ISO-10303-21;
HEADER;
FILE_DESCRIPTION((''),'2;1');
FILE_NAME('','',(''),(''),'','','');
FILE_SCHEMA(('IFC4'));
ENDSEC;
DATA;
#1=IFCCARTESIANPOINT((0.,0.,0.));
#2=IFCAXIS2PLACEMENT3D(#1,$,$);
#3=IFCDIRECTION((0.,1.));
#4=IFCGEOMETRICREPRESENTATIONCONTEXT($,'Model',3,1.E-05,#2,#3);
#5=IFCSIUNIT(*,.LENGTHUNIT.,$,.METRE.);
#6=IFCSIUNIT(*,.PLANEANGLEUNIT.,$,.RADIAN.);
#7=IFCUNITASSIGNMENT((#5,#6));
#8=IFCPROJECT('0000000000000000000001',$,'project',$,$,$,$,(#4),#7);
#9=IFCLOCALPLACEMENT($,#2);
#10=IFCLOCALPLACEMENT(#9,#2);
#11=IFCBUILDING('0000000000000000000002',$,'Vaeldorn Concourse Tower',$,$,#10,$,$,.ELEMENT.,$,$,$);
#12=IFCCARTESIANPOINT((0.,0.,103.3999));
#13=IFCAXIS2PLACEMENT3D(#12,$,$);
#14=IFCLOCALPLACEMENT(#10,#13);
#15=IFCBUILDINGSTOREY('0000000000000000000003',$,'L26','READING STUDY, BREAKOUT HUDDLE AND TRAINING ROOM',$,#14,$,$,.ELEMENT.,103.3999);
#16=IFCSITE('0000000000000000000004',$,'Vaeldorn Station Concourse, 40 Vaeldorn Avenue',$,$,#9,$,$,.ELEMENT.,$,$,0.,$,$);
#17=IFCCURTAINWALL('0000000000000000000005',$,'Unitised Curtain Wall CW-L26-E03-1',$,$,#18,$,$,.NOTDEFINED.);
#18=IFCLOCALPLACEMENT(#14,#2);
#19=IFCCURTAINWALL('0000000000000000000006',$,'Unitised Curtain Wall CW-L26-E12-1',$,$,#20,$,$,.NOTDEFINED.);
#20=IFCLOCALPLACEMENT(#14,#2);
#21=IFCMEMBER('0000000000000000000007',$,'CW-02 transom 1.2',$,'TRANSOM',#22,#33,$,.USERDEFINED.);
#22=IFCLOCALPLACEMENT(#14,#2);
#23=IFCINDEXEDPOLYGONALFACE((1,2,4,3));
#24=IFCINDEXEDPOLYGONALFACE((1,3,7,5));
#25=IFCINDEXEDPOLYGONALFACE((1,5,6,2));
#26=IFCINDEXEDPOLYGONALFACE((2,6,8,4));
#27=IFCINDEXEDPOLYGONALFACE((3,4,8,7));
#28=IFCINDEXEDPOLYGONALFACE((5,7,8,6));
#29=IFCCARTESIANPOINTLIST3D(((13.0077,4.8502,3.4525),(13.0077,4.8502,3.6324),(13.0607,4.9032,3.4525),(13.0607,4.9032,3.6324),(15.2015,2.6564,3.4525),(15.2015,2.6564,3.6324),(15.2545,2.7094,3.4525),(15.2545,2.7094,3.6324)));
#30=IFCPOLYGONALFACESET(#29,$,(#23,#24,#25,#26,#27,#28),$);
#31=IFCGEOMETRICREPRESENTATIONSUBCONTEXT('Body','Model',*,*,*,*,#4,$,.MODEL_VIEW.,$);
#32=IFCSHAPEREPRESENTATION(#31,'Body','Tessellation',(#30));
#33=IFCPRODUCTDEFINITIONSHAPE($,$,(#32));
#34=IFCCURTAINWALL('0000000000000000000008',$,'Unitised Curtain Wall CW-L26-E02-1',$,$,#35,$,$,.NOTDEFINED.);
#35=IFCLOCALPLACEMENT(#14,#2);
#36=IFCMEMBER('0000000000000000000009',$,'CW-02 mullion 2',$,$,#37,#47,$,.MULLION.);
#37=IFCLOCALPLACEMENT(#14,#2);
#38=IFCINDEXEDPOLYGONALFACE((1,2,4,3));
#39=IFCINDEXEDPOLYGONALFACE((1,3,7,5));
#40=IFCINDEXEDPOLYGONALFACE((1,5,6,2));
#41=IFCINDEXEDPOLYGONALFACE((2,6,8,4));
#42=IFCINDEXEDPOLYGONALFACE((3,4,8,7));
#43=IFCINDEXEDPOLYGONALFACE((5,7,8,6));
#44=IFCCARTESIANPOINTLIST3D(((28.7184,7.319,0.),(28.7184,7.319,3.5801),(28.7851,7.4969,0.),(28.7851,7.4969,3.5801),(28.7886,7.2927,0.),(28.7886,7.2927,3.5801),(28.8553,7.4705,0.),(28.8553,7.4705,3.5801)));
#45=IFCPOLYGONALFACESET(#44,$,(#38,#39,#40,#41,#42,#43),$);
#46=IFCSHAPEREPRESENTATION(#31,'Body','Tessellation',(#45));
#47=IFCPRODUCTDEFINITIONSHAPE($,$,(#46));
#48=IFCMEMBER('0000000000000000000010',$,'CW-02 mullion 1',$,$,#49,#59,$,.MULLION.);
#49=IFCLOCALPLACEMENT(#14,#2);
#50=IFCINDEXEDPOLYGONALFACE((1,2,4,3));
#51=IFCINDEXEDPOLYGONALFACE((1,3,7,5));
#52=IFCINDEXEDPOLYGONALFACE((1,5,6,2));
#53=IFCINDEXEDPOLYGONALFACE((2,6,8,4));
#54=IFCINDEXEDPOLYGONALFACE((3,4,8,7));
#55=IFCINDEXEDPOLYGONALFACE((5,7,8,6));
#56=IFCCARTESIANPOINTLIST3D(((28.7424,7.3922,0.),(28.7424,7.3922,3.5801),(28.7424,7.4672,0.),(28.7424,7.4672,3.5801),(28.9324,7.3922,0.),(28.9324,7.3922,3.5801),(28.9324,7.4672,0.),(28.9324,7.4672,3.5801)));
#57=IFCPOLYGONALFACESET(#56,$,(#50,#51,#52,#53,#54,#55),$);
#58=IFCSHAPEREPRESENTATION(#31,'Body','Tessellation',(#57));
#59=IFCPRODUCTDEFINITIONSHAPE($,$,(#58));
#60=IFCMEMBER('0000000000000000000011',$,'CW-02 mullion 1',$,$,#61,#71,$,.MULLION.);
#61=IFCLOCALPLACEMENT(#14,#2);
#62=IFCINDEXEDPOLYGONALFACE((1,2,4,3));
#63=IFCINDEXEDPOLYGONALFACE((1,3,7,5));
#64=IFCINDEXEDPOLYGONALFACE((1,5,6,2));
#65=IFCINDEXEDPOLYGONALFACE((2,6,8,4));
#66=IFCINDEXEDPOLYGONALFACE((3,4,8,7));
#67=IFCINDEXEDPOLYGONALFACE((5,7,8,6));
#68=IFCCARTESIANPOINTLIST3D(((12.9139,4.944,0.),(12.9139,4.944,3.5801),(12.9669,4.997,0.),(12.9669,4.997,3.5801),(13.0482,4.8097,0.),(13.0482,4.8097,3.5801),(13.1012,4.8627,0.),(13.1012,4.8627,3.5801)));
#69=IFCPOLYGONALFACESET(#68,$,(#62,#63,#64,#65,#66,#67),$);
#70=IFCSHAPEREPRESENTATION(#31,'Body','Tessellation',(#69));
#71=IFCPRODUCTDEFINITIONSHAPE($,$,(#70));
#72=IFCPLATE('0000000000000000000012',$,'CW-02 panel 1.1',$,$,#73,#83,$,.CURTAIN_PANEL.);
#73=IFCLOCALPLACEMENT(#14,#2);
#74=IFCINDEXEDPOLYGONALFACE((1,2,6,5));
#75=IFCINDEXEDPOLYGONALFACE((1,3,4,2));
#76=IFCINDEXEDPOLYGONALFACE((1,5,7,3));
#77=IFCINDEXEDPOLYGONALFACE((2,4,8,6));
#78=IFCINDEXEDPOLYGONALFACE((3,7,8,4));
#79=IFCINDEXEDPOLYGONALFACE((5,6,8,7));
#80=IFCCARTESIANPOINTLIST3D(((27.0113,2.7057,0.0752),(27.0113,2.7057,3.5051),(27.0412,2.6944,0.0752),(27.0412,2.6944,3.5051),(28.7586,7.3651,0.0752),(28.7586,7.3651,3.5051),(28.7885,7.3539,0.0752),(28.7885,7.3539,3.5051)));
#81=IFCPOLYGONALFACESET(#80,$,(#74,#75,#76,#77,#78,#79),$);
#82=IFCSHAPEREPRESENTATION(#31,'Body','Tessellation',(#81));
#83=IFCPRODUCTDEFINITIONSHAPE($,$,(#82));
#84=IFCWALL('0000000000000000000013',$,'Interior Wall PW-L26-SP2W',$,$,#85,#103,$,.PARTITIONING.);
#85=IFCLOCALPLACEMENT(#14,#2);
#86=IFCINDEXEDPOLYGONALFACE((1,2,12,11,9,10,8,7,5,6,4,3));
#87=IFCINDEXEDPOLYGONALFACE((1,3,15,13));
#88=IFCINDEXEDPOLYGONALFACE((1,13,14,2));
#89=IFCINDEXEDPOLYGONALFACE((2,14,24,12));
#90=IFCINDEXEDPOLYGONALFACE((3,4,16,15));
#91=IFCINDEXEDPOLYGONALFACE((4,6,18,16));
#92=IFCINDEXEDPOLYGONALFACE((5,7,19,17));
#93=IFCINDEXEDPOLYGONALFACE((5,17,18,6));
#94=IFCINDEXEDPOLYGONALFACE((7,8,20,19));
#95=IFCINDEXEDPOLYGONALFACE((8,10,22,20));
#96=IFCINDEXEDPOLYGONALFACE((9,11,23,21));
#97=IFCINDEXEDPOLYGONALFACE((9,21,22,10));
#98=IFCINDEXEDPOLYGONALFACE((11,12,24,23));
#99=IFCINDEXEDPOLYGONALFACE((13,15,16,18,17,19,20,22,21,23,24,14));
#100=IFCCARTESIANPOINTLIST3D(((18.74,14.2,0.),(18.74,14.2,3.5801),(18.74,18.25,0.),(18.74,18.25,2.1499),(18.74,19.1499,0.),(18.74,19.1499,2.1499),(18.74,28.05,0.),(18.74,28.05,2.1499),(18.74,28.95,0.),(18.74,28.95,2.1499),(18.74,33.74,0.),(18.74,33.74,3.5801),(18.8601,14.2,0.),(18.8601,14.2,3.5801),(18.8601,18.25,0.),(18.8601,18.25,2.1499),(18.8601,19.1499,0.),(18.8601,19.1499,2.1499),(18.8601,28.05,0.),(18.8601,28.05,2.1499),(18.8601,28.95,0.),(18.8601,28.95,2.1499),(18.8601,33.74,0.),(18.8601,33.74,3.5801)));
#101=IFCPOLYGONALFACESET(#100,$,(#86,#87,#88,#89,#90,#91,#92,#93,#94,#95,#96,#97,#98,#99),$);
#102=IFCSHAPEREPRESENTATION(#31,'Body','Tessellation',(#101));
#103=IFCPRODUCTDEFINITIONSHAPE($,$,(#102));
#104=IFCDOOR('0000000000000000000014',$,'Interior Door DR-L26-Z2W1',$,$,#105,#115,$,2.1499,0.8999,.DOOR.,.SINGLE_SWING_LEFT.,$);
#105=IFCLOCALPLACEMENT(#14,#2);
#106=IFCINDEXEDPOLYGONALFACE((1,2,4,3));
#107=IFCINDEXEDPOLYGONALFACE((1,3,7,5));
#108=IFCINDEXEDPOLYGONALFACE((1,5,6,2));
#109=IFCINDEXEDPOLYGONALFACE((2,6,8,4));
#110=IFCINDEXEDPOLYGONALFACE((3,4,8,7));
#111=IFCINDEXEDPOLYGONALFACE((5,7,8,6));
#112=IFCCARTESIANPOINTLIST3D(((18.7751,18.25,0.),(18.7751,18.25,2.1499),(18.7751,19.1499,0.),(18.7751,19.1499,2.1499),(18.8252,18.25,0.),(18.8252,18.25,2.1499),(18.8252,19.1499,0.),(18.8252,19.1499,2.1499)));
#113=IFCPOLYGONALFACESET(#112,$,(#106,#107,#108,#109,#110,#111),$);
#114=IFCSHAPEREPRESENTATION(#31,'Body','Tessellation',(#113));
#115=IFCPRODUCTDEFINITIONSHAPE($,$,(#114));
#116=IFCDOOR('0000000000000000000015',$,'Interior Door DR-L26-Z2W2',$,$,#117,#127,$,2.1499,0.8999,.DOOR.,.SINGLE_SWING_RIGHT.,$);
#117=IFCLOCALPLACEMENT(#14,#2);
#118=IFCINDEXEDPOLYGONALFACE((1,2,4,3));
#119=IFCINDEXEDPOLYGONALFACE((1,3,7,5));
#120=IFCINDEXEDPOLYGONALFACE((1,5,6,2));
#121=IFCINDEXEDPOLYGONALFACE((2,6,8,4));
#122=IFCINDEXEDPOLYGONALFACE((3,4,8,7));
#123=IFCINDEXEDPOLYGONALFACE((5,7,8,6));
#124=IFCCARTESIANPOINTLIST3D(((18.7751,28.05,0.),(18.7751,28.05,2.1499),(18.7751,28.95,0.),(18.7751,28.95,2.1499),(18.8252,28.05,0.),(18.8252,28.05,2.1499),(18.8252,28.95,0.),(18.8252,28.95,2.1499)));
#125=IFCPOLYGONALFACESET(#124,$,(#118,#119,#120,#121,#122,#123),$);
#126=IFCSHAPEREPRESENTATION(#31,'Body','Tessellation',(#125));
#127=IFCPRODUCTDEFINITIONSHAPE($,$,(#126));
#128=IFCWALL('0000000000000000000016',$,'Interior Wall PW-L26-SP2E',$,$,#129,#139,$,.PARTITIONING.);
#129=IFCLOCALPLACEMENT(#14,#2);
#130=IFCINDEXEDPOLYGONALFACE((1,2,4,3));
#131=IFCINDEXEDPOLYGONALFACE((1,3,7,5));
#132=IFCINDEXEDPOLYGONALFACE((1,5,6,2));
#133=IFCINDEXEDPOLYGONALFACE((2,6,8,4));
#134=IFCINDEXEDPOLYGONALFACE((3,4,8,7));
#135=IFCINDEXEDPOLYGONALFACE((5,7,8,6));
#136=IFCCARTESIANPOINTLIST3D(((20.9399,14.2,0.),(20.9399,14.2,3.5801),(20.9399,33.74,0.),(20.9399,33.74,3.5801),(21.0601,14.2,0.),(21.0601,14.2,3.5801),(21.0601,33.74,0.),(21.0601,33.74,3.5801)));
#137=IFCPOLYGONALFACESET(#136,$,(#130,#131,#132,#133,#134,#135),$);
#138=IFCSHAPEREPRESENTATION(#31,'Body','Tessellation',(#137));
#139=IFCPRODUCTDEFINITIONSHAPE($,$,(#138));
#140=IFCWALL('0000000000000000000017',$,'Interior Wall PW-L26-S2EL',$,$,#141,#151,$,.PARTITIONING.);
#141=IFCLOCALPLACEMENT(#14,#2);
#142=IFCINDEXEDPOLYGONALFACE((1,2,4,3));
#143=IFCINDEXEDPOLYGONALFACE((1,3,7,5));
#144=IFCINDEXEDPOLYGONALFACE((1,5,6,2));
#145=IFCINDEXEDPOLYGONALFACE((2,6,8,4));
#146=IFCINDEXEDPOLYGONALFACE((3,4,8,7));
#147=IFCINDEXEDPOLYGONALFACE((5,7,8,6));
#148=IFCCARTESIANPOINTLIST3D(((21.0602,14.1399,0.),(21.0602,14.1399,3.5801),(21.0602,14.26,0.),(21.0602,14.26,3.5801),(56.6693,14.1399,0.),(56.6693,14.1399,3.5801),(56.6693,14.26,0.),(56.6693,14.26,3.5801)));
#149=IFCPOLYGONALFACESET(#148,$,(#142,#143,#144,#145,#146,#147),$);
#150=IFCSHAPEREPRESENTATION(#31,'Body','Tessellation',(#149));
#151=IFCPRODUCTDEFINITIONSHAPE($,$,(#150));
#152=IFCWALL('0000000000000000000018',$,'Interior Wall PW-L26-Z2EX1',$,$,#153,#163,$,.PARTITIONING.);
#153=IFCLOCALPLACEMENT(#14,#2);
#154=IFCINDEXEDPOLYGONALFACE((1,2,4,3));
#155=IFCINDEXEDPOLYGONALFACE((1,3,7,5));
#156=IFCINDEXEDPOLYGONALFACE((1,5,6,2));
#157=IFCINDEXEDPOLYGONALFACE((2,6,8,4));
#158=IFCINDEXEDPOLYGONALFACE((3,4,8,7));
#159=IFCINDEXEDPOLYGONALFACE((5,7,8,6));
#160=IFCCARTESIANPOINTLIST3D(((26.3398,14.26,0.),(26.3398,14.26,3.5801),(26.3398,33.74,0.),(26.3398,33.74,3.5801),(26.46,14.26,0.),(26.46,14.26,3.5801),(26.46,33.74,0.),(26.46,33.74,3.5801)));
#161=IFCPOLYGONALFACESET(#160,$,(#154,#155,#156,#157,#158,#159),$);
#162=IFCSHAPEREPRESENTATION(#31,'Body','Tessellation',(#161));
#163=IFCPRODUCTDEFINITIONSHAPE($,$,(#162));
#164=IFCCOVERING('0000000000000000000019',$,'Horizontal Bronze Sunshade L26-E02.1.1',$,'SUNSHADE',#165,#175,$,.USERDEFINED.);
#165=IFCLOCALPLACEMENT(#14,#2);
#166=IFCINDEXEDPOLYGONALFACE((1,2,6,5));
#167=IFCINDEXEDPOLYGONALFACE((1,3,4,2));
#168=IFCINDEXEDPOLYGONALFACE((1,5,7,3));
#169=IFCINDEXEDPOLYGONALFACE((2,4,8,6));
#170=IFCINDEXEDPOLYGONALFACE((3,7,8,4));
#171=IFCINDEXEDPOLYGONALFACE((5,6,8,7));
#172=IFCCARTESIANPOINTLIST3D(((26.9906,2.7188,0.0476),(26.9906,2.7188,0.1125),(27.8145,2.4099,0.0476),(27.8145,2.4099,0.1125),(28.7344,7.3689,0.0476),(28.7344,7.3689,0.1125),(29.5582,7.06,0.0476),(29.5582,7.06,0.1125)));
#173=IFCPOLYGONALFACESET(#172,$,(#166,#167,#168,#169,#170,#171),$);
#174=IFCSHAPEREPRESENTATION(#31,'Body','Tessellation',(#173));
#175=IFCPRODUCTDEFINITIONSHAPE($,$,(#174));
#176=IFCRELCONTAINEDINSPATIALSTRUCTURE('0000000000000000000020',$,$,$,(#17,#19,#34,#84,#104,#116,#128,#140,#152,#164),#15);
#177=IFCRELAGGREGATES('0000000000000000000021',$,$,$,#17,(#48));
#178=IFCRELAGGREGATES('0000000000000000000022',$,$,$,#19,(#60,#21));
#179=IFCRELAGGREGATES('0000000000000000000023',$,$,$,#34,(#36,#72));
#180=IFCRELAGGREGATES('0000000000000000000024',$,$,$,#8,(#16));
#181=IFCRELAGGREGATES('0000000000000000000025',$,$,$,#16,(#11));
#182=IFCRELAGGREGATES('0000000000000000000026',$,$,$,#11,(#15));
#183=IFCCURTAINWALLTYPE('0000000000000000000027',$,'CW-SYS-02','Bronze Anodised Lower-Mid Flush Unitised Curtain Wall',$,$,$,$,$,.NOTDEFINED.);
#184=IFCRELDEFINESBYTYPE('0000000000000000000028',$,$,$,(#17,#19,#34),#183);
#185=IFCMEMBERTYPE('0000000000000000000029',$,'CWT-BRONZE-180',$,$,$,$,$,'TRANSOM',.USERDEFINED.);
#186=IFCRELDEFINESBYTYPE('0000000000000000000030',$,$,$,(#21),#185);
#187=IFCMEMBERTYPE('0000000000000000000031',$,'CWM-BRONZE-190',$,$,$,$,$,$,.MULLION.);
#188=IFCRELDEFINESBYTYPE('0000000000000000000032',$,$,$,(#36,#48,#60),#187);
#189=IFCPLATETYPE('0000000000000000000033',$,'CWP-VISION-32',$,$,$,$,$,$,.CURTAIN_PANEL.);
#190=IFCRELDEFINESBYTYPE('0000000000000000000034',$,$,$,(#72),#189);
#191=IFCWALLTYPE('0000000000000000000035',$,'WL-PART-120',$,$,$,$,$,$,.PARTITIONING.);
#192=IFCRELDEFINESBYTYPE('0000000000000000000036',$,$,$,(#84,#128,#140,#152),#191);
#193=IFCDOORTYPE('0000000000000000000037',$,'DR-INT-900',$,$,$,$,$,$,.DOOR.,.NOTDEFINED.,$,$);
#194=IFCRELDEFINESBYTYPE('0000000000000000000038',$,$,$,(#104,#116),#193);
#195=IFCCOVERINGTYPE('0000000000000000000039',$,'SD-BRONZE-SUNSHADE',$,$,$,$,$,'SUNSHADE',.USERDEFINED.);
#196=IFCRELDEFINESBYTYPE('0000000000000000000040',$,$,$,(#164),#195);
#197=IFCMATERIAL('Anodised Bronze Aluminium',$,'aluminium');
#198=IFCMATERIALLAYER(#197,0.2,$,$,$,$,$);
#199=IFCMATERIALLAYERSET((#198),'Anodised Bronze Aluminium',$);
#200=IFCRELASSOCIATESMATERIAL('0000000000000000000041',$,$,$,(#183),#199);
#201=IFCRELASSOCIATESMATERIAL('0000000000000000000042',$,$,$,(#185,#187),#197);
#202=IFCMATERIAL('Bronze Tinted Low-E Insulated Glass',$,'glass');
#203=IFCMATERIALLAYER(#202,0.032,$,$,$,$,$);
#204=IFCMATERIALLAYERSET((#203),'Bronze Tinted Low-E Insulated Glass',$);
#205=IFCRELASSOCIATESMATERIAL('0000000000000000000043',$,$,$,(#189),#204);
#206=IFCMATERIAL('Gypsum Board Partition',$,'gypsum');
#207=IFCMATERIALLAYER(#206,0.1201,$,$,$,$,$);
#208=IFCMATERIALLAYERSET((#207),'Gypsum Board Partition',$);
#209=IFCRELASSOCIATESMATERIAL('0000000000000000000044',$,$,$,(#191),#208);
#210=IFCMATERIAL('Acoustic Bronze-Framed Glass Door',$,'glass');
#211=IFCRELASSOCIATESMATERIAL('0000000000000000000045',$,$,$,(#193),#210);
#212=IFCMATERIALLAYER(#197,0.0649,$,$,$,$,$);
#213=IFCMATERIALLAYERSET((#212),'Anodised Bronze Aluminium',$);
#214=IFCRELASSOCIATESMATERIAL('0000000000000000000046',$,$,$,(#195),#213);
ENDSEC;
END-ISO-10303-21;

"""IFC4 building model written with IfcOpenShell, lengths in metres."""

from ifc_helpers import new_model, si_unit, direction, frame, frame_2d, origin, origin_2d, place, context, subcontext, project, spatial, rectangle, extrude, source, transform, mapped, material, layer, layer_set, material_profile, profile_set, type_object, element, fill, aggregate, save


model = new_model("IFC4")

# Units and contexts
model_context = context("Model", 3, precision=1e-05, world=origin(), true_north=direction((0.0, 1.0)))
body_context = subcontext(model_context, "Body", "Model", "MODEL_VIEW")
ifc_project = project(units=[si_unit("LENGTHUNIT", "METRE"), si_unit("PLANEANGLEUNIT", "RADIAN")], contexts=[model_context])

# Site, building, storey
site_placement = place(None, origin())
site = spatial("IfcSite", under=ifc_project, at=site_placement, Name="Vaeldorn Station Concourse, 40 Vaeldorn Avenue", CompositionType="ELEMENT", RefElevation=0.0)
building_placement = place(site_placement, origin())
building = spatial("IfcBuilding", under=site, at=building_placement, Name="Vaeldorn Concourse Tower", CompositionType="ELEMENT")
storey_placement = place(building_placement, frame((0.0, 0.0, 103.3999)))
storey = spatial("IfcBuildingStorey", under=building, at=storey_placement, Name="L26", Description="READING STUDY, BREAKOUT HUDDLE AND TRAINING ROOM", CompositionType="ELEMENT", Elevation=103.3999)

# Curtain walls, member
ifc_material_1 = material(Name="Anodised Bronze Aluminium", Category="aluminium")
ifc_layer_1 = layer(ifc_material_1, 0.2)
ifc_layer_set_1 = layer_set([ifc_layer_1], Name="Anodised Bronze Aluminium")
curtain_wall_type = type_object("IfcCurtainWallType", Name="CW-SYS-02", Description="Bronze Anodised Lower-Mid Flush Unitised Curtain Wall", PredefinedType="NOTDEFINED", material=ifc_layer_set_1)
curtain_wall_1_placement = place(storey_placement, origin())
curtain_wall_1 = element("IfcCurtainWall", 1, at=curtain_wall_1_placement, inside=storey, type_object=curtain_wall_type, Name="Unitised Curtain Wall CW-L26-E03-1", PredefinedType="NOTDEFINED")
ifc_material_profile_1 = material_profile(ifc_material_1, rectangle(XDim=0.075, YDim=0.1799, at=origin_2d()), Name="CWT 75x180")
ifc_profile_set_1 = profile_set([ifc_material_profile_1], Name="Anodised Bronze Aluminium")
member_type_1 = type_object("IfcMemberType", Name="CWT-BRONZE-180", ElementType="TRANSOM", PredefinedType="USERDEFINED", material=ifc_profile_set_1)
curtain_wall_2_placement = place(storey_placement, origin())
curtain_wall_2 = element("IfcCurtainWall", 2, at=curtain_wall_2_placement, inside=storey, type_object=curtain_wall_type, Name="Unitised Curtain Wall CW-L26-E12-1", PredefinedType="NOTDEFINED")
shared_shape_1 = source(origin(), body_context, "Body", "SweptSolid", [
    extrude(rectangle(XDim=0.075, YDim=0.1799, at=origin_2d()), origin(), (0.0, 0.0, 1.0), 3.1025),
])
member_1_placement = place(storey_placement, frame((13.0342, 4.8767, 3.5425), z_axis=(0.707107, -0.707107, 0.0), x_axis=(0.707107, 0.707107, 0.0)))
member_1 = element("IfcMember", 3, at=member_1_placement, type_object=member_type_1, Name="CW-02 transom 1.2", ObjectType="TRANSOM", PredefinedType="USERDEFINED", context=body_context, shape_type="MappedRepresentation", body=[
    mapped(shared_shape_1, transform((0.0, 0.0, 0.0), scale=1.0)),
])

# Curtain wall, member
curtain_wall_3_placement = place(storey_placement, origin())
curtain_wall_3 = element("IfcCurtainWall", 4, at=curtain_wall_3_placement, inside=storey, type_object=curtain_wall_type, Name="Unitised Curtain Wall CW-L26-E02-1", PredefinedType="NOTDEFINED")
ifc_material_profile_2 = material_profile(ifc_material_1, rectangle(XDim=0.075, YDim=0.1899, at=origin_2d()), Name="CWM 75x190")
ifc_profile_set_2 = profile_set([ifc_material_profile_2], Name="Anodised Bronze Aluminium")
member_type_2 = type_object("IfcMemberType", Name="CWM-BRONZE-190", PredefinedType="MULLION", material=ifc_profile_set_2)
shared_shape_2 = source(origin(), body_context, "Body", "SweptSolid", [
    extrude(rectangle(XDim=0.075, YDim=0.1899, at=origin_2d()), origin(), (0.0, 0.0, 1.0), 3.5801),
])
member_2_placement = place(storey_placement, frame((28.7869, 7.3948, 0.0), z_axis=(0.0, 0.0, 1.0), x_axis=(-0.936329, 0.351123, 0.0)))
member_2 = element("IfcMember", 5, at=member_2_placement, type_object=member_type_2, Name="CW-02 mullion 2", PredefinedType="MULLION", context=body_context, shape_type="MappedRepresentation", body=[
    mapped(shared_shape_2, transform((0.0, 0.0, 0.0), scale=1.0)),
])

# Members
member_3_placement = place(storey_placement, frame((28.8374, 7.4297, 0.0), z_axis=(0.0, 0.0, 1.0), x_axis=(0.0, 1.0, 0.0)))
member_3 = element("IfcMember", 6, at=member_3_placement, type_object=member_type_2, Name="CW-02 mullion 1", PredefinedType="MULLION", context=body_context, shape_type="MappedRepresentation", body=[
    mapped(shared_shape_2, transform((0.0, 0.0, 0.0), scale=1.0)),
])
aggregate(curtain_wall_1, [member_3])
member_4_placement = place(storey_placement, frame((13.0076, 4.9033, 0.0), z_axis=(0.0, 0.0, 1.0), x_axis=(0.707107, 0.707107, 0.0)))
member_4 = element("IfcMember", 7, at=member_4_placement, type_object=member_type_2, Name="CW-02 mullion 1", PredefinedType="MULLION", context=body_context, shape_type="MappedRepresentation", body=[
    mapped(shared_shape_2, transform((0.0, 0.0, 0.0), scale=1.0)),
])
aggregate(curtain_wall_2, [member_4, member_1])

# Plate
ifc_material_2 = material(Name="Bronze Tinted Low-E Insulated Glass", Category="glass")
ifc_layer_2 = layer(ifc_material_2, 0.032)
ifc_layer_set_2 = layer_set([ifc_layer_2], Name="Bronze Tinted Low-E Insulated Glass")
plate_type = type_object("IfcPlateType", Name="CWP-VISION-32", PredefinedType="CURTAIN_PANEL", material=ifc_layer_set_2)
shared_shape_3 = source(origin(), body_context, "Body", "SweptSolid", [
    extrude(rectangle(XDim=4.9763, YDim=0.032, at=origin_2d()), origin(), (0.0, 0.0, 1.0), 3.4299),
])
plate_placement = place(storey_placement, frame((27.8999, 5.0298, 0.0752), z_axis=(0.0, 0.0, 1.0), x_axis=(0.351123, 0.936329, 0.0)))
plate = element("IfcPlate", 8, at=plate_placement, type_object=plate_type, Name="CW-02 panel 1.1", PredefinedType="CURTAIN_PANEL", context=body_context, shape_type="MappedRepresentation", body=[
    mapped(shared_shape_3, transform((0.0, 0.0, 0.0), scale=1.0)),
])
aggregate(curtain_wall_3, [member_2, plate])

# Wall, openings, doors
ifc_material_3 = material(Name="Gypsum Board Partition", Category="gypsum")
ifc_layer_3 = layer(ifc_material_3, 0.1201)
ifc_layer_set_3 = layer_set([ifc_layer_3], Name="Gypsum Board Partition")
wall_type = type_object("IfcWallType", Name="WL-PART-120", PredefinedType="PARTITIONING", material=ifc_layer_set_3)
wall_1_placement = place(storey_placement, frame((18.8, 14.2, 0.0), z_axis=(0.0, 0.0, 1.0), x_axis=(0.0, 1.0, 0.0)))
wall_1 = element("IfcWall", 9, at=wall_1_placement, inside=storey, type_object=wall_type, Name="Interior Wall PW-L26-SP2W", PredefinedType="PARTITIONING", context=body_context, shape_type="SweptSolid", body=[
    extrude(rectangle(XDim=19.54, YDim=0.1201, at=frame_2d((9.77, 0.0))), origin(), (0.0, 0.0, 1.0), 3.5801),
])
opening_1_placement = place(wall_1_placement, frame((4.05, 0.0, 0.0)))
opening_1 = element("IfcOpeningElement", 10, at=opening_1_placement, cuts=wall_1, PredefinedType="OPENING", context=body_context, shape_type="SweptSolid", body=[
    extrude(rectangle(XDim=0.8999, YDim=2.1499, at=frame_2d((0.45, 1.075))), frame((0.0, 0.0701, 0.0), z_axis=(0.0, -1.0, 0.0), x_axis=(1.0, 0.0, 0.0)), (0.0, 0.0, 1.0), 0.1401),
])
opening_2_placement = place(wall_1_placement, frame((13.8501, 0.0, 0.0)))
opening_2 = element("IfcOpeningElement", 11, at=opening_2_placement, cuts=wall_1, PredefinedType="OPENING", context=body_context, shape_type="SweptSolid", body=[
    extrude(rectangle(XDim=0.8999, YDim=2.1499, at=frame_2d((0.45, 1.075))), frame((0.0, 0.0701, 0.0), z_axis=(0.0, -1.0, 0.0), x_axis=(1.0, 0.0, 0.0)), (0.0, 0.0, 1.0), 0.1401),
])
ifc_material_4 = material(Name="Acoustic Bronze-Framed Glass Door", Category="glass")
door_type = type_object("IfcDoorType", Name="DR-INT-900", OperationType="NOTDEFINED", PredefinedType="DOOR", material=ifc_material_4)
shared_shape_4 = source(origin(), body_context, "Body", "SweptSolid", [
    extrude(rectangle(XDim=0.8999, YDim=2.1499, at=frame_2d((0.45, 1.075))), frame((0.0, 0.0249, 0.0), z_axis=(0.0, -1.0, 0.0), x_axis=(1.0, 0.0, 0.0)), (0.0, 0.0, 1.0), 0.05),
])
door_1_placement = place(opening_1_placement, origin())
door_1 = element("IfcDoor", 12, at=door_1_placement, inside=storey, type_object=door_type, Name="Interior Door DR-L26-Z2W1", OperationType="SINGLE_SWING_LEFT", OverallHeight=2.1499, OverallWidth=0.8999, PredefinedType="DOOR", context=body_context, shape_type="MappedRepresentation", body=[
    mapped(shared_shape_4, transform((0.0, 0.0, 0.0), scale=1.0)),
])
fill(opening_1, door_1)
door_2_placement = place(opening_2_placement, origin())
door_2 = element("IfcDoor", 13, at=door_2_placement, inside=storey, type_object=door_type, Name="Interior Door DR-L26-Z2W2", OperationType="SINGLE_SWING_RIGHT", OverallHeight=2.1499, OverallWidth=0.8999, PredefinedType="DOOR", context=body_context, shape_type="MappedRepresentation", body=[
    mapped(shared_shape_4, transform((0.0, 0.0, 0.0), scale=1.0)),
])
fill(opening_2, door_2)

# Wall
wall_2_placement = place(storey_placement, frame((21.0, 14.2, 0.0), z_axis=(0.0, 0.0, 1.0), x_axis=(0.0, 1.0, 0.0)))
element("IfcWall", 14, at=wall_2_placement, inside=storey, type_object=wall_type, Name="Interior Wall PW-L26-SP2E", PredefinedType="PARTITIONING", context=body_context, shape_type="SweptSolid", body=[
    extrude(rectangle(XDim=19.54, YDim=0.1201, at=frame_2d((9.77, 0.0))), origin(), (0.0, 0.0, 1.0), 3.5801),
])

# Walls
wall_3_placement = place(storey_placement, frame((21.0601, 14.2, 0.0), z_axis=(0.0, 0.0, 1.0), x_axis=(1.0, 0.0, 0.0)))
element("IfcWall", 15, at=wall_3_placement, inside=storey, type_object=wall_type, Name="Interior Wall PW-L26-S2EL", PredefinedType="PARTITIONING", context=body_context, shape_type="SweptSolid", body=[
    extrude(rectangle(XDim=35.6091, YDim=0.1201, at=frame_2d((17.8047, 0.0))), origin(), (0.0, 0.0, 1.0), 3.5801),
])
wall_4_placement = place(storey_placement, frame((26.3999, 14.26, 0.0), z_axis=(0.0, 0.0, 1.0), x_axis=(0.0, 1.0, 0.0)))
element("IfcWall", 16, at=wall_4_placement, inside=storey, type_object=wall_type, Name="Interior Wall PW-L26-Z2EX1", PredefinedType="PARTITIONING", context=body_context, shape_type="SweptSolid", body=[
    extrude(rectangle(XDim=19.48, YDim=0.1201, at=frame_2d((9.74, 0.0))), origin(), (0.0, 0.0, 1.0), 3.5801),
])

# Covering
ifc_layer_4 = layer(ifc_material_1, 0.0649)
ifc_layer_set_4 = layer_set([ifc_layer_4], Name="Anodised Bronze Aluminium")
covering_type = type_object("IfcCoveringType", Name="SD-BRONZE-SUNSHADE", ElementType="SUNSHADE", PredefinedType="USERDEFINED", material=ifc_layer_set_4)
shared_shape_5 = source(origin(), body_context, "Body", "SweptSolid", [
    extrude(rectangle(XDim=4.9663, YDim=0.8799, at=origin_2d()), origin(), (0.0, 0.0, 1.0), 0.0649),
])
for number, where, z_axis, x_axis, name in (
    (17, (28.2744, 4.8894, 0.0476), (0.0, 0.0, 1.0), (0.351123, 0.936329, 0.0), "Horizontal Bronze Sunshade L26-E02.1.1"),
):
    element("IfcCovering", number, at=place(storey_placement, frame(where, z_axis=z_axis, x_axis=x_axis)), inside=storey, type_object=covering_type, Name=name, ObjectType="SUNSHADE", PredefinedType="USERDEFINED", context=body_context, shape_type="MappedRepresentation", body=[
        mapped(shared_shape_5, transform((0.0, 0.0, 0.0), scale=1.0)),
    ])

save(model, "model.ifc")
